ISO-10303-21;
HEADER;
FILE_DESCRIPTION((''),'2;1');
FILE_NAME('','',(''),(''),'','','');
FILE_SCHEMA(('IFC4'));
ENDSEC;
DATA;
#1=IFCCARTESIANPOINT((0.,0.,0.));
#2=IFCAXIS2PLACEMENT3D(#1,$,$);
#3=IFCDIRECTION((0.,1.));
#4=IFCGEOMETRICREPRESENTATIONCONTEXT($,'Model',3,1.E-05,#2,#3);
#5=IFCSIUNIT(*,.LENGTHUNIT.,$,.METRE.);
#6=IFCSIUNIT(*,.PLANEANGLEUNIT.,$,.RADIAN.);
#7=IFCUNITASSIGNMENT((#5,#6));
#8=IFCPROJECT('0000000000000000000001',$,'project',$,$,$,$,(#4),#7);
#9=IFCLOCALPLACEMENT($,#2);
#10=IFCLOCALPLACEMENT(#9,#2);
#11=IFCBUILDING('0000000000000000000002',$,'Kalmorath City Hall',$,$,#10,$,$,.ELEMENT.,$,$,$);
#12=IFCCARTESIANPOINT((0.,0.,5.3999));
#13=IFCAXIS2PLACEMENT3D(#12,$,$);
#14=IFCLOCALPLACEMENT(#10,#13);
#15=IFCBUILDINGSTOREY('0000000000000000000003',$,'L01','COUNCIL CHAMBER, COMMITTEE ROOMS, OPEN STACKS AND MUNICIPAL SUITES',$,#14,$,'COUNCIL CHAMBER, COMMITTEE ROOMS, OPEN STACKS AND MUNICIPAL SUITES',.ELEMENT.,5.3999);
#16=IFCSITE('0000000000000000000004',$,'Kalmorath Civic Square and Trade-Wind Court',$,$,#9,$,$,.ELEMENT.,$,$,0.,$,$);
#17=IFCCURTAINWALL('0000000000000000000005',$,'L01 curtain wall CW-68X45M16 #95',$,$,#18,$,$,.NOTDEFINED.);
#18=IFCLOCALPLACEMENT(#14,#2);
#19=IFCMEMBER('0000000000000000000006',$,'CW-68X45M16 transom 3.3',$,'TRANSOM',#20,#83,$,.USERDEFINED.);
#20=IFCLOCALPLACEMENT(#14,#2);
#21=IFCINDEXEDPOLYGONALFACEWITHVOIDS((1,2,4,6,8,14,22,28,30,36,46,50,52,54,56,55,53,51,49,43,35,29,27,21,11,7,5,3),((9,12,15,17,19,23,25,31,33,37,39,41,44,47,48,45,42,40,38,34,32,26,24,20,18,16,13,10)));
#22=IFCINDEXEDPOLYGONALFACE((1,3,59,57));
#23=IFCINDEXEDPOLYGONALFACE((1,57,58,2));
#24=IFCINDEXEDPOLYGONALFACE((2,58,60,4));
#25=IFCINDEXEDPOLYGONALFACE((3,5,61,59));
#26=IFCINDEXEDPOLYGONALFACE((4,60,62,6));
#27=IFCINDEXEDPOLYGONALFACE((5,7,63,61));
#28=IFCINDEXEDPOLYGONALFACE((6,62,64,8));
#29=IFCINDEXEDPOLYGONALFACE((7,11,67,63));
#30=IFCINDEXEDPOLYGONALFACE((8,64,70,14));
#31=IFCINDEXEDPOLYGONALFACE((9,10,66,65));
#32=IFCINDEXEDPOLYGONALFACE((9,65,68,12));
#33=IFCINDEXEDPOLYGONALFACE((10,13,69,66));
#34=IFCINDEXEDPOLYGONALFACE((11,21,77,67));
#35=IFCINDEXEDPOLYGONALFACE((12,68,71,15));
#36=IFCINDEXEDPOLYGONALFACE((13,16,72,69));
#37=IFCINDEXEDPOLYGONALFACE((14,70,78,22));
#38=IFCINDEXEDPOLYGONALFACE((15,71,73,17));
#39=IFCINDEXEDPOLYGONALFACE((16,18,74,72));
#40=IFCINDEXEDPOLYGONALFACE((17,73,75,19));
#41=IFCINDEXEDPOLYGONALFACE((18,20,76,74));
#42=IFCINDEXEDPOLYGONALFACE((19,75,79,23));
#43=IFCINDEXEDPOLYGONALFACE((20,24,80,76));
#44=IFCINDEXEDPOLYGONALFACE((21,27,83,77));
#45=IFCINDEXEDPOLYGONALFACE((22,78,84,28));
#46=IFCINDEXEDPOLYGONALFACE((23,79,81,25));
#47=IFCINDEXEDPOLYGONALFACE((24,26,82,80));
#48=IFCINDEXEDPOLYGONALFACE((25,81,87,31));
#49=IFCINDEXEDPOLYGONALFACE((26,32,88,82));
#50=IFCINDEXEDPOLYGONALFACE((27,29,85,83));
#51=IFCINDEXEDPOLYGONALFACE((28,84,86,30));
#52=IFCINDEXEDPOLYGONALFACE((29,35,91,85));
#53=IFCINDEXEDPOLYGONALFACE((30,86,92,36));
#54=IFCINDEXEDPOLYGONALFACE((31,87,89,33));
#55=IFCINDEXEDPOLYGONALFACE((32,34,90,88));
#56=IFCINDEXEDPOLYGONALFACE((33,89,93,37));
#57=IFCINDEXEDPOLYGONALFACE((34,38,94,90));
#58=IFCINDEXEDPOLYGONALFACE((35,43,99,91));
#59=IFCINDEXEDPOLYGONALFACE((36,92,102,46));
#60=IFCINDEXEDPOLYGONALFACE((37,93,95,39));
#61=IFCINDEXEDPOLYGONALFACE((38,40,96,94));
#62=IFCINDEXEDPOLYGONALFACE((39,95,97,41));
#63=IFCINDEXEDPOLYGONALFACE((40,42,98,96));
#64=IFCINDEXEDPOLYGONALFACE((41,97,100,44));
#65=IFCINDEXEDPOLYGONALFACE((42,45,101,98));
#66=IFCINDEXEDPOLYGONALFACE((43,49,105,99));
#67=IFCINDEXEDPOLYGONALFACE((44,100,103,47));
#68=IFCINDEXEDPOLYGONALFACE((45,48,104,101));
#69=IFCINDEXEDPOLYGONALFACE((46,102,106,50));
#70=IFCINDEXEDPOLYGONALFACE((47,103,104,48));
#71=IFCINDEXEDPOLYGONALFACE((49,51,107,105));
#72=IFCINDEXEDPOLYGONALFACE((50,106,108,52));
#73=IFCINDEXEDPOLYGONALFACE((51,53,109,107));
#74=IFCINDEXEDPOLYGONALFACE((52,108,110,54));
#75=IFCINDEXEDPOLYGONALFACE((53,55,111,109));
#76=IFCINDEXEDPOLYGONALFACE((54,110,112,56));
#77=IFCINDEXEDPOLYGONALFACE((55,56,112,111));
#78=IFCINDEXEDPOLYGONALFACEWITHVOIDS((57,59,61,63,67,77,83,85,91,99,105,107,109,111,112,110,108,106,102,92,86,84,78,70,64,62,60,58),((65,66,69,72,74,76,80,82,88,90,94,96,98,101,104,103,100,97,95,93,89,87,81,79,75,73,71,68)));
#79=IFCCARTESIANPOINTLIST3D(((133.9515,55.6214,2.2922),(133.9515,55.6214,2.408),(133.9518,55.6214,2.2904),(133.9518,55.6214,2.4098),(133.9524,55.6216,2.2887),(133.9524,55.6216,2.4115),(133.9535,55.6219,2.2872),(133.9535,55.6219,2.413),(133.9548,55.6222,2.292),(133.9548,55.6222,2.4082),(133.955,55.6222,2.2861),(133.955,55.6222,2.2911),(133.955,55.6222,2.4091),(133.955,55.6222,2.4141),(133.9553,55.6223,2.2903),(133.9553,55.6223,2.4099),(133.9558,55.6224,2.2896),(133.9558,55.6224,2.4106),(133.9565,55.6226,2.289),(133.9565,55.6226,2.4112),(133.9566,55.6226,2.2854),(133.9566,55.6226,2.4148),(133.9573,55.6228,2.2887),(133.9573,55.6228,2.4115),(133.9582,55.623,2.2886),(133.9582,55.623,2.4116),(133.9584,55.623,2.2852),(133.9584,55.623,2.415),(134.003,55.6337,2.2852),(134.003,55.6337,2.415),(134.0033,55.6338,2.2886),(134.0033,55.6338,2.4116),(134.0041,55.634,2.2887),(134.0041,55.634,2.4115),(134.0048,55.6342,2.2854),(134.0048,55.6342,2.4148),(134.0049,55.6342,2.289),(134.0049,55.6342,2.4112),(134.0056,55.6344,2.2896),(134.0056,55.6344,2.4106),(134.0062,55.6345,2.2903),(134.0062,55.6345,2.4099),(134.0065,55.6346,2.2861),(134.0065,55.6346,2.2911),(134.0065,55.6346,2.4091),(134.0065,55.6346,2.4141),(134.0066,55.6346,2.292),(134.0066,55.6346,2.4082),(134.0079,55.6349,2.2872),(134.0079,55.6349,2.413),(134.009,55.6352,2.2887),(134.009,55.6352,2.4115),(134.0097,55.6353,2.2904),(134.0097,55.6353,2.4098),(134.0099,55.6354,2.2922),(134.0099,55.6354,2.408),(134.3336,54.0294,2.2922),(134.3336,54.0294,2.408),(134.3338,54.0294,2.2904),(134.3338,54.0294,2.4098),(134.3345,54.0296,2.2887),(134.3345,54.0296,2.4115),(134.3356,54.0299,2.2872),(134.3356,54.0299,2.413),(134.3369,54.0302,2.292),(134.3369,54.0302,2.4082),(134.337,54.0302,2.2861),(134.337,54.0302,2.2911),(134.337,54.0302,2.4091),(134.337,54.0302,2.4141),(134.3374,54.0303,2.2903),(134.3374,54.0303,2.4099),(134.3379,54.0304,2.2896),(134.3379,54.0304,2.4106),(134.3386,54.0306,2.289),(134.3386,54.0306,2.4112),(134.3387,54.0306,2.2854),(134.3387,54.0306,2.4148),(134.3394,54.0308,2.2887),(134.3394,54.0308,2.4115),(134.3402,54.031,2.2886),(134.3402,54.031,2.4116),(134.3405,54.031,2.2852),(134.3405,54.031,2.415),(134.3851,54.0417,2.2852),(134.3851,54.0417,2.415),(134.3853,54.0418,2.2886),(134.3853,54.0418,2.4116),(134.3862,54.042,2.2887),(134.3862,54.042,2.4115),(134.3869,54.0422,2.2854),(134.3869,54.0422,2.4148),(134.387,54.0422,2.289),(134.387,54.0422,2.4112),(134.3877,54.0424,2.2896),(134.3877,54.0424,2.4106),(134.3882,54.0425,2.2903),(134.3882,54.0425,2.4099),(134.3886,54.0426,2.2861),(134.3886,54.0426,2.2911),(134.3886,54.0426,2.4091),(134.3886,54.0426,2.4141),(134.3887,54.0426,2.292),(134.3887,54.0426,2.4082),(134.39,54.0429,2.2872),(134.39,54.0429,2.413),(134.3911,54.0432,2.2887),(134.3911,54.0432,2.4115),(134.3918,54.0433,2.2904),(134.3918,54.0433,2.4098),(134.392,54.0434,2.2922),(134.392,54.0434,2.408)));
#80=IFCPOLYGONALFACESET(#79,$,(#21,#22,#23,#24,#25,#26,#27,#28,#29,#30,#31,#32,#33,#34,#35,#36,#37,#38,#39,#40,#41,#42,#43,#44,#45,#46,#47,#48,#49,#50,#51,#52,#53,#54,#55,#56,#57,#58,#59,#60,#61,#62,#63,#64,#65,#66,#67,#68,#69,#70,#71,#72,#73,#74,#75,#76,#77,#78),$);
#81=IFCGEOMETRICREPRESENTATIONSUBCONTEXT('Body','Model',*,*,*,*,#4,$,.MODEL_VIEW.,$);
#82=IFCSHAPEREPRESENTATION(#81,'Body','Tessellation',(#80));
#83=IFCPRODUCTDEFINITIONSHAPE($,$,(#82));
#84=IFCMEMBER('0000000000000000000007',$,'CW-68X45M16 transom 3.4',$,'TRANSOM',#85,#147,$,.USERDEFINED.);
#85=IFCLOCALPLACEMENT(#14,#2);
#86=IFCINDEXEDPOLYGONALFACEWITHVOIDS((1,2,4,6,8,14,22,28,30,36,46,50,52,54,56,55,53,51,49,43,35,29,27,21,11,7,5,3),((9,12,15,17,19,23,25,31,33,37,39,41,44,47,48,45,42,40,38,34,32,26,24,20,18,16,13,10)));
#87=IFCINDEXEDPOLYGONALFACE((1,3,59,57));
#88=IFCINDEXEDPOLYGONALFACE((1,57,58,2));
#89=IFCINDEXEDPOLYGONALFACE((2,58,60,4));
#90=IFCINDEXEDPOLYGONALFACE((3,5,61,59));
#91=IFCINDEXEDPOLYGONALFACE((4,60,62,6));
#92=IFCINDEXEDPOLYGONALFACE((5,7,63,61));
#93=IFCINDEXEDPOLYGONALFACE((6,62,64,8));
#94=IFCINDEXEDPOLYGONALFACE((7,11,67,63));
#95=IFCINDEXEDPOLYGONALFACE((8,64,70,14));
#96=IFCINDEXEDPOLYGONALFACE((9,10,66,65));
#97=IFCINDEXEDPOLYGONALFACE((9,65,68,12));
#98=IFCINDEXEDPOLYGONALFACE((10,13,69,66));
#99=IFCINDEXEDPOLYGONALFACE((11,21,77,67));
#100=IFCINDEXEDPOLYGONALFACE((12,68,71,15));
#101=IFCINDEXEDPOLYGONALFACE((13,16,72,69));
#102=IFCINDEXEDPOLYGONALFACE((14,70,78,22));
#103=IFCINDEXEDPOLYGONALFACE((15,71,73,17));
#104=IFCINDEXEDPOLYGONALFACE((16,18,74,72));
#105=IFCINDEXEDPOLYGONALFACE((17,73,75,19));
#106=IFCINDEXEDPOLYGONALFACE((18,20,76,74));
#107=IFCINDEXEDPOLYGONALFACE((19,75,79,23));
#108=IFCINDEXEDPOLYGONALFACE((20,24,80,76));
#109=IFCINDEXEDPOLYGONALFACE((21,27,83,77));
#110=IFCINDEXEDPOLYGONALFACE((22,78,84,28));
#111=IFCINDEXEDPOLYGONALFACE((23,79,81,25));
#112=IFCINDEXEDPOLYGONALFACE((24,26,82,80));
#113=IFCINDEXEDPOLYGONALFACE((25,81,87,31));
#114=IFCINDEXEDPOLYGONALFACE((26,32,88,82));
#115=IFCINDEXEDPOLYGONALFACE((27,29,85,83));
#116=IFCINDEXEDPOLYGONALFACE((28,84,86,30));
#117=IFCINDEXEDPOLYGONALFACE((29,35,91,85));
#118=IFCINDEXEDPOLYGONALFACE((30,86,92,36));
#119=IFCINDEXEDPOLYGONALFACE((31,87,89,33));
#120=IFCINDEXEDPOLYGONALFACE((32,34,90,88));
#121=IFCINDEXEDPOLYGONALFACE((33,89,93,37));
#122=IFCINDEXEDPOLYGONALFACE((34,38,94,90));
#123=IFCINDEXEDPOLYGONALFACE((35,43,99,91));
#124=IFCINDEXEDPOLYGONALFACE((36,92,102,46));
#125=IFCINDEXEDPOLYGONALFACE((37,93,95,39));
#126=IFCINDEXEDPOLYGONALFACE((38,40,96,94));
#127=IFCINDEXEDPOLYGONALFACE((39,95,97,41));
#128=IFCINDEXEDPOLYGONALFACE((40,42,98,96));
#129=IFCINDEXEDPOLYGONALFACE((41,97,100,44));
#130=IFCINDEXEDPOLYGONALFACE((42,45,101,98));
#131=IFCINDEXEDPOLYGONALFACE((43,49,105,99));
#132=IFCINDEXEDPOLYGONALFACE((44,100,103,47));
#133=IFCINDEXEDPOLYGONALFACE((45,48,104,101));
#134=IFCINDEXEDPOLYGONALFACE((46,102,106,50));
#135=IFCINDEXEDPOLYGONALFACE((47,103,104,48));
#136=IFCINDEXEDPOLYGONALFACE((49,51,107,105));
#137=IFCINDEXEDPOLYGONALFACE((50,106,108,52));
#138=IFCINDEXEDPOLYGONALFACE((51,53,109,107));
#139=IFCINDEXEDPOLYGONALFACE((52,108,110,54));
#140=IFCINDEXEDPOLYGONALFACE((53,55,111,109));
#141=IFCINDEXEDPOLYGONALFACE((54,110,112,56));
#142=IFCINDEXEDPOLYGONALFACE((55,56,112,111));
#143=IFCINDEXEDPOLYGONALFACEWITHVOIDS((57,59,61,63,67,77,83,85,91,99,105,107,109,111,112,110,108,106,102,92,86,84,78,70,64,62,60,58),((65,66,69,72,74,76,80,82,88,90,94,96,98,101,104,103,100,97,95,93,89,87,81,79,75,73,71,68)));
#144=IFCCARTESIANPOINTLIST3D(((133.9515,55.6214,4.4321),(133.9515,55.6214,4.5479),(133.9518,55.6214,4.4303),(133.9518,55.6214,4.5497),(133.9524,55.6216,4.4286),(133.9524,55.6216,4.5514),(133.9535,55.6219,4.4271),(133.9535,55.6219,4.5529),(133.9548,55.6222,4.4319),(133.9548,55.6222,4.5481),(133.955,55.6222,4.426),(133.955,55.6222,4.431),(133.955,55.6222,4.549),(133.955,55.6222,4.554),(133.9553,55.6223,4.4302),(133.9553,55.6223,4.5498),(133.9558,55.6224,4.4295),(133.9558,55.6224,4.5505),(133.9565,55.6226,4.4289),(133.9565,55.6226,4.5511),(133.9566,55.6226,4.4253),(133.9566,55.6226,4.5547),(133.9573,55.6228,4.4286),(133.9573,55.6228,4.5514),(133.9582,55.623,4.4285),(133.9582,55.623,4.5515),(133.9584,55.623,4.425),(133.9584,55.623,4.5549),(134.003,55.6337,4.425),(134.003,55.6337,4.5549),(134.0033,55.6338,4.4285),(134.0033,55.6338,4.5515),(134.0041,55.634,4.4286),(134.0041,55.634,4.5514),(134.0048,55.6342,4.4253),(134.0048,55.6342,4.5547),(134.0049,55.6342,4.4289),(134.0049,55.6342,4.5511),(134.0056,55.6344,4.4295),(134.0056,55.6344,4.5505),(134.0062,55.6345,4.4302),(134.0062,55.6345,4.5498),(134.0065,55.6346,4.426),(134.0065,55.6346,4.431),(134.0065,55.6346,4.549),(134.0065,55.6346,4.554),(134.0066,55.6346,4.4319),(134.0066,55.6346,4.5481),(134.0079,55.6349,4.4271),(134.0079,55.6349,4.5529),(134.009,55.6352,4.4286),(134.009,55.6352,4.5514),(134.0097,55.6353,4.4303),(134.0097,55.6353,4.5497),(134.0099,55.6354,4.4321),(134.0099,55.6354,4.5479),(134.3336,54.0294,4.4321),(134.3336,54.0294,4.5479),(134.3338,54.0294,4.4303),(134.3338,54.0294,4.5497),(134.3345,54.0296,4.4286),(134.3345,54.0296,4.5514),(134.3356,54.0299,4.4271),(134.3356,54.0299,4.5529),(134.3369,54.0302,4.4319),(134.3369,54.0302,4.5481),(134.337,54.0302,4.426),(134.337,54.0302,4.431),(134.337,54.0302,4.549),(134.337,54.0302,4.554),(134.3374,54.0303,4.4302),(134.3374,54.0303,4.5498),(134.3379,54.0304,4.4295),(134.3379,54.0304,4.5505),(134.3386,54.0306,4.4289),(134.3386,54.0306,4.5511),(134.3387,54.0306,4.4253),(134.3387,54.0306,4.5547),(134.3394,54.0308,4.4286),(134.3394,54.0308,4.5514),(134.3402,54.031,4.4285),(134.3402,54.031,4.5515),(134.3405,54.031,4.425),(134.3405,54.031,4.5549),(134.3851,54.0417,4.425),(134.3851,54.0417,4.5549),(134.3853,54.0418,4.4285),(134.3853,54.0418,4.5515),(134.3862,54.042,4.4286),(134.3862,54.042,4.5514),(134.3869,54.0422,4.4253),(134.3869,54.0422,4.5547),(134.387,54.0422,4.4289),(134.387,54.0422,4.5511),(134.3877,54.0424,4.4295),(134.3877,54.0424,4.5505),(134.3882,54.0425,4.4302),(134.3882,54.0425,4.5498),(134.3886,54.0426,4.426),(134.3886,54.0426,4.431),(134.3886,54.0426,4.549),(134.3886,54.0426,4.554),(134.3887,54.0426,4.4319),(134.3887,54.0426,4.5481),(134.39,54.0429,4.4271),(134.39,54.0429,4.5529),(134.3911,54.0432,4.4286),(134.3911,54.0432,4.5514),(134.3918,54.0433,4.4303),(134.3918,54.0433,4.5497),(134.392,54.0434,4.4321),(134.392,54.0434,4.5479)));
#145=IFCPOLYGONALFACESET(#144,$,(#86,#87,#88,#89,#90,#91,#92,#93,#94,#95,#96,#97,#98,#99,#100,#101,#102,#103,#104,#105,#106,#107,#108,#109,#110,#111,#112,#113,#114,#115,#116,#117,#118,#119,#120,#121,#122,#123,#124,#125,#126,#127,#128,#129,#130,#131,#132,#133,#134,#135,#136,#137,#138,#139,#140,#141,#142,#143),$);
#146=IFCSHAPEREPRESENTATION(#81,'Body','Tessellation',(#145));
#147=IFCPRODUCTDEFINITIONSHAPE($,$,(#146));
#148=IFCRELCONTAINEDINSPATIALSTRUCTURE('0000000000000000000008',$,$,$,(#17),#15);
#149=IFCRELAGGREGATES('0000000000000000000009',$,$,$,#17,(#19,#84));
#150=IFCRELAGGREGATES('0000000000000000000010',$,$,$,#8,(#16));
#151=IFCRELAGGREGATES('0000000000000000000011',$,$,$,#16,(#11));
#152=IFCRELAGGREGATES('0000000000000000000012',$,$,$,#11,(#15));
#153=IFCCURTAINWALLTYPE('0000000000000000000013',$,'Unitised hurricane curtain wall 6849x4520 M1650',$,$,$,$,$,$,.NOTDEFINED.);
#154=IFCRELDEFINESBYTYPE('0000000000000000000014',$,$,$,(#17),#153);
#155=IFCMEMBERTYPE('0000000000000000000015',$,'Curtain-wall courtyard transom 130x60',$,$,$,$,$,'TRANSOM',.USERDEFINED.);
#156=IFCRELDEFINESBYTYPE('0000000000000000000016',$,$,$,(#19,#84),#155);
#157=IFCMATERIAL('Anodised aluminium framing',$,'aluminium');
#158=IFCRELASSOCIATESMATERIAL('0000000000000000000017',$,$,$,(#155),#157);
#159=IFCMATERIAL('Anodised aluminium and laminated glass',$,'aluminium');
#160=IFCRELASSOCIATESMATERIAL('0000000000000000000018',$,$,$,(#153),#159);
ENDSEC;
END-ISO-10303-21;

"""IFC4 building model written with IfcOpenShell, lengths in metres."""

from ifc_helpers import new_model, si_unit, direction, frame, origin, origin_2d, place, context, subcontext, project, spatial, hollow_rectangle, extrude, material, material_profile, profile_set, type_object, element, aggregate, save


model = new_model("IFC4")

# Units and contexts
model_context = context("Model", 3, precision=1e-05, world=origin(), true_north=direction((0.0, 1.0)))
body_context = subcontext(model_context, "Body", "Model", "MODEL_VIEW")
ifc_project = project(units=[si_unit("LENGTHUNIT", "METRE"), si_unit("PLANEANGLEUNIT", "RADIAN")], contexts=[model_context])

# Site, building, storey
site_placement = place(None, origin())
site = spatial("IfcSite", under=ifc_project, at=site_placement, Name="Kalmorath Civic Square and Trade-Wind Court", CompositionType="ELEMENT", RefElevation=0.0)
building_placement = place(site_placement, origin())
building = spatial("IfcBuilding", under=site, at=building_placement, Name="Kalmorath City Hall", CompositionType="ELEMENT")
storey_placement = place(building_placement, frame((0.0, 0.0, 5.3999)))
storey = spatial("IfcBuildingStorey", under=building, at=storey_placement, Name="L01", Description="COUNCIL CHAMBER, COMMITTEE ROOMS, OPEN STACKS AND MUNICIPAL SUITES", LongName="COUNCIL CHAMBER, COMMITTEE ROOMS, OPEN STACKS AND MUNICIPAL SUITES", CompositionType="ELEMENT", Elevation=5.3999)

# Curtain wall, members
ifc_material_1 = material(Name="Anodised aluminium framing", Category="aluminium")
ifc_material_profile_1 = material_profile(ifc_material_1, hollow_rectangle(XDim=0.0601, YDim=0.1299, WallThickness=0.0034, InnerFilletRadius=0.0034, OuterFilletRadius=0.0071, at=origin_2d()), Name="ALU-TRN-130X60X3.5")
ifc_profile_set_1 = profile_set([ifc_material_profile_1], Name="Anodised aluminium framing")
member_type_1 = type_object("IfcMemberType", Name="Curtain-wall courtyard transom 130x60", ElementType="TRANSOM", PredefinedType="USERDEFINED", material=ifc_profile_set_1)
ifc_material_2 = material(Name="Anodised aluminium and laminated glass", Category="aluminium")
curtain_wall_type_1 = type_object("IfcCurtainWallType", Name="Unitised hurricane curtain wall 6849x4520 M1650", PredefinedType="NOTDEFINED", material=ifc_material_2)
curtain_wall_1_placement = place(storey_placement, origin())
curtain_wall_1 = element("IfcCurtainWall", 1, at=curtain_wall_1_placement, inside=storey, type_object=curtain_wall_type_1, Name="L01 curtain wall CW-68X45M16 #95", PredefinedType="NOTDEFINED")
member_1_placement = place(storey_placement, frame((134.3628, 54.0364, 2.3501), z_axis=(-0.233367, 0.972389, 0.0), x_axis=(-0.972389, -0.233367, 0.0)))
member_1 = element("IfcMember", 2, at=member_1_placement, type_object=member_type_1, Name="CW-68X45M16 transom 3.3", ObjectType="TRANSOM", PredefinedType="USERDEFINED", context=body_context, shape_type="SweptSolid", body=[
    extrude(hollow_rectangle(XDim=0.0601, YDim=0.1299, WallThickness=0.0034, InnerFilletRadius=0.0034, OuterFilletRadius=0.0071, at=origin_2d()), origin(), (0.0, 0.0, 1.0), 1.6372),
])
member_2_placement = place(storey_placement, frame((134.3628, 54.0364, 4.49), z_axis=(-0.233367, 0.972389, 0.0), x_axis=(-0.972389, -0.233367, 0.0)))
member_2 = element("IfcMember", 3, at=member_2_placement, type_object=member_type_1, Name="CW-68X45M16 transom 3.4", ObjectType="TRANSOM", PredefinedType="USERDEFINED", context=body_context, shape_type="SweptSolid", body=[
    extrude(hollow_rectangle(XDim=0.0601, YDim=0.1299, WallThickness=0.0034, InnerFilletRadius=0.0034, OuterFilletRadius=0.0071, at=origin_2d()), origin(), (0.0, 0.0, 1.0), 1.6372),
])

aggregate(curtain_wall_1, [member_1, member_2])

save(model, "model.ifc")
